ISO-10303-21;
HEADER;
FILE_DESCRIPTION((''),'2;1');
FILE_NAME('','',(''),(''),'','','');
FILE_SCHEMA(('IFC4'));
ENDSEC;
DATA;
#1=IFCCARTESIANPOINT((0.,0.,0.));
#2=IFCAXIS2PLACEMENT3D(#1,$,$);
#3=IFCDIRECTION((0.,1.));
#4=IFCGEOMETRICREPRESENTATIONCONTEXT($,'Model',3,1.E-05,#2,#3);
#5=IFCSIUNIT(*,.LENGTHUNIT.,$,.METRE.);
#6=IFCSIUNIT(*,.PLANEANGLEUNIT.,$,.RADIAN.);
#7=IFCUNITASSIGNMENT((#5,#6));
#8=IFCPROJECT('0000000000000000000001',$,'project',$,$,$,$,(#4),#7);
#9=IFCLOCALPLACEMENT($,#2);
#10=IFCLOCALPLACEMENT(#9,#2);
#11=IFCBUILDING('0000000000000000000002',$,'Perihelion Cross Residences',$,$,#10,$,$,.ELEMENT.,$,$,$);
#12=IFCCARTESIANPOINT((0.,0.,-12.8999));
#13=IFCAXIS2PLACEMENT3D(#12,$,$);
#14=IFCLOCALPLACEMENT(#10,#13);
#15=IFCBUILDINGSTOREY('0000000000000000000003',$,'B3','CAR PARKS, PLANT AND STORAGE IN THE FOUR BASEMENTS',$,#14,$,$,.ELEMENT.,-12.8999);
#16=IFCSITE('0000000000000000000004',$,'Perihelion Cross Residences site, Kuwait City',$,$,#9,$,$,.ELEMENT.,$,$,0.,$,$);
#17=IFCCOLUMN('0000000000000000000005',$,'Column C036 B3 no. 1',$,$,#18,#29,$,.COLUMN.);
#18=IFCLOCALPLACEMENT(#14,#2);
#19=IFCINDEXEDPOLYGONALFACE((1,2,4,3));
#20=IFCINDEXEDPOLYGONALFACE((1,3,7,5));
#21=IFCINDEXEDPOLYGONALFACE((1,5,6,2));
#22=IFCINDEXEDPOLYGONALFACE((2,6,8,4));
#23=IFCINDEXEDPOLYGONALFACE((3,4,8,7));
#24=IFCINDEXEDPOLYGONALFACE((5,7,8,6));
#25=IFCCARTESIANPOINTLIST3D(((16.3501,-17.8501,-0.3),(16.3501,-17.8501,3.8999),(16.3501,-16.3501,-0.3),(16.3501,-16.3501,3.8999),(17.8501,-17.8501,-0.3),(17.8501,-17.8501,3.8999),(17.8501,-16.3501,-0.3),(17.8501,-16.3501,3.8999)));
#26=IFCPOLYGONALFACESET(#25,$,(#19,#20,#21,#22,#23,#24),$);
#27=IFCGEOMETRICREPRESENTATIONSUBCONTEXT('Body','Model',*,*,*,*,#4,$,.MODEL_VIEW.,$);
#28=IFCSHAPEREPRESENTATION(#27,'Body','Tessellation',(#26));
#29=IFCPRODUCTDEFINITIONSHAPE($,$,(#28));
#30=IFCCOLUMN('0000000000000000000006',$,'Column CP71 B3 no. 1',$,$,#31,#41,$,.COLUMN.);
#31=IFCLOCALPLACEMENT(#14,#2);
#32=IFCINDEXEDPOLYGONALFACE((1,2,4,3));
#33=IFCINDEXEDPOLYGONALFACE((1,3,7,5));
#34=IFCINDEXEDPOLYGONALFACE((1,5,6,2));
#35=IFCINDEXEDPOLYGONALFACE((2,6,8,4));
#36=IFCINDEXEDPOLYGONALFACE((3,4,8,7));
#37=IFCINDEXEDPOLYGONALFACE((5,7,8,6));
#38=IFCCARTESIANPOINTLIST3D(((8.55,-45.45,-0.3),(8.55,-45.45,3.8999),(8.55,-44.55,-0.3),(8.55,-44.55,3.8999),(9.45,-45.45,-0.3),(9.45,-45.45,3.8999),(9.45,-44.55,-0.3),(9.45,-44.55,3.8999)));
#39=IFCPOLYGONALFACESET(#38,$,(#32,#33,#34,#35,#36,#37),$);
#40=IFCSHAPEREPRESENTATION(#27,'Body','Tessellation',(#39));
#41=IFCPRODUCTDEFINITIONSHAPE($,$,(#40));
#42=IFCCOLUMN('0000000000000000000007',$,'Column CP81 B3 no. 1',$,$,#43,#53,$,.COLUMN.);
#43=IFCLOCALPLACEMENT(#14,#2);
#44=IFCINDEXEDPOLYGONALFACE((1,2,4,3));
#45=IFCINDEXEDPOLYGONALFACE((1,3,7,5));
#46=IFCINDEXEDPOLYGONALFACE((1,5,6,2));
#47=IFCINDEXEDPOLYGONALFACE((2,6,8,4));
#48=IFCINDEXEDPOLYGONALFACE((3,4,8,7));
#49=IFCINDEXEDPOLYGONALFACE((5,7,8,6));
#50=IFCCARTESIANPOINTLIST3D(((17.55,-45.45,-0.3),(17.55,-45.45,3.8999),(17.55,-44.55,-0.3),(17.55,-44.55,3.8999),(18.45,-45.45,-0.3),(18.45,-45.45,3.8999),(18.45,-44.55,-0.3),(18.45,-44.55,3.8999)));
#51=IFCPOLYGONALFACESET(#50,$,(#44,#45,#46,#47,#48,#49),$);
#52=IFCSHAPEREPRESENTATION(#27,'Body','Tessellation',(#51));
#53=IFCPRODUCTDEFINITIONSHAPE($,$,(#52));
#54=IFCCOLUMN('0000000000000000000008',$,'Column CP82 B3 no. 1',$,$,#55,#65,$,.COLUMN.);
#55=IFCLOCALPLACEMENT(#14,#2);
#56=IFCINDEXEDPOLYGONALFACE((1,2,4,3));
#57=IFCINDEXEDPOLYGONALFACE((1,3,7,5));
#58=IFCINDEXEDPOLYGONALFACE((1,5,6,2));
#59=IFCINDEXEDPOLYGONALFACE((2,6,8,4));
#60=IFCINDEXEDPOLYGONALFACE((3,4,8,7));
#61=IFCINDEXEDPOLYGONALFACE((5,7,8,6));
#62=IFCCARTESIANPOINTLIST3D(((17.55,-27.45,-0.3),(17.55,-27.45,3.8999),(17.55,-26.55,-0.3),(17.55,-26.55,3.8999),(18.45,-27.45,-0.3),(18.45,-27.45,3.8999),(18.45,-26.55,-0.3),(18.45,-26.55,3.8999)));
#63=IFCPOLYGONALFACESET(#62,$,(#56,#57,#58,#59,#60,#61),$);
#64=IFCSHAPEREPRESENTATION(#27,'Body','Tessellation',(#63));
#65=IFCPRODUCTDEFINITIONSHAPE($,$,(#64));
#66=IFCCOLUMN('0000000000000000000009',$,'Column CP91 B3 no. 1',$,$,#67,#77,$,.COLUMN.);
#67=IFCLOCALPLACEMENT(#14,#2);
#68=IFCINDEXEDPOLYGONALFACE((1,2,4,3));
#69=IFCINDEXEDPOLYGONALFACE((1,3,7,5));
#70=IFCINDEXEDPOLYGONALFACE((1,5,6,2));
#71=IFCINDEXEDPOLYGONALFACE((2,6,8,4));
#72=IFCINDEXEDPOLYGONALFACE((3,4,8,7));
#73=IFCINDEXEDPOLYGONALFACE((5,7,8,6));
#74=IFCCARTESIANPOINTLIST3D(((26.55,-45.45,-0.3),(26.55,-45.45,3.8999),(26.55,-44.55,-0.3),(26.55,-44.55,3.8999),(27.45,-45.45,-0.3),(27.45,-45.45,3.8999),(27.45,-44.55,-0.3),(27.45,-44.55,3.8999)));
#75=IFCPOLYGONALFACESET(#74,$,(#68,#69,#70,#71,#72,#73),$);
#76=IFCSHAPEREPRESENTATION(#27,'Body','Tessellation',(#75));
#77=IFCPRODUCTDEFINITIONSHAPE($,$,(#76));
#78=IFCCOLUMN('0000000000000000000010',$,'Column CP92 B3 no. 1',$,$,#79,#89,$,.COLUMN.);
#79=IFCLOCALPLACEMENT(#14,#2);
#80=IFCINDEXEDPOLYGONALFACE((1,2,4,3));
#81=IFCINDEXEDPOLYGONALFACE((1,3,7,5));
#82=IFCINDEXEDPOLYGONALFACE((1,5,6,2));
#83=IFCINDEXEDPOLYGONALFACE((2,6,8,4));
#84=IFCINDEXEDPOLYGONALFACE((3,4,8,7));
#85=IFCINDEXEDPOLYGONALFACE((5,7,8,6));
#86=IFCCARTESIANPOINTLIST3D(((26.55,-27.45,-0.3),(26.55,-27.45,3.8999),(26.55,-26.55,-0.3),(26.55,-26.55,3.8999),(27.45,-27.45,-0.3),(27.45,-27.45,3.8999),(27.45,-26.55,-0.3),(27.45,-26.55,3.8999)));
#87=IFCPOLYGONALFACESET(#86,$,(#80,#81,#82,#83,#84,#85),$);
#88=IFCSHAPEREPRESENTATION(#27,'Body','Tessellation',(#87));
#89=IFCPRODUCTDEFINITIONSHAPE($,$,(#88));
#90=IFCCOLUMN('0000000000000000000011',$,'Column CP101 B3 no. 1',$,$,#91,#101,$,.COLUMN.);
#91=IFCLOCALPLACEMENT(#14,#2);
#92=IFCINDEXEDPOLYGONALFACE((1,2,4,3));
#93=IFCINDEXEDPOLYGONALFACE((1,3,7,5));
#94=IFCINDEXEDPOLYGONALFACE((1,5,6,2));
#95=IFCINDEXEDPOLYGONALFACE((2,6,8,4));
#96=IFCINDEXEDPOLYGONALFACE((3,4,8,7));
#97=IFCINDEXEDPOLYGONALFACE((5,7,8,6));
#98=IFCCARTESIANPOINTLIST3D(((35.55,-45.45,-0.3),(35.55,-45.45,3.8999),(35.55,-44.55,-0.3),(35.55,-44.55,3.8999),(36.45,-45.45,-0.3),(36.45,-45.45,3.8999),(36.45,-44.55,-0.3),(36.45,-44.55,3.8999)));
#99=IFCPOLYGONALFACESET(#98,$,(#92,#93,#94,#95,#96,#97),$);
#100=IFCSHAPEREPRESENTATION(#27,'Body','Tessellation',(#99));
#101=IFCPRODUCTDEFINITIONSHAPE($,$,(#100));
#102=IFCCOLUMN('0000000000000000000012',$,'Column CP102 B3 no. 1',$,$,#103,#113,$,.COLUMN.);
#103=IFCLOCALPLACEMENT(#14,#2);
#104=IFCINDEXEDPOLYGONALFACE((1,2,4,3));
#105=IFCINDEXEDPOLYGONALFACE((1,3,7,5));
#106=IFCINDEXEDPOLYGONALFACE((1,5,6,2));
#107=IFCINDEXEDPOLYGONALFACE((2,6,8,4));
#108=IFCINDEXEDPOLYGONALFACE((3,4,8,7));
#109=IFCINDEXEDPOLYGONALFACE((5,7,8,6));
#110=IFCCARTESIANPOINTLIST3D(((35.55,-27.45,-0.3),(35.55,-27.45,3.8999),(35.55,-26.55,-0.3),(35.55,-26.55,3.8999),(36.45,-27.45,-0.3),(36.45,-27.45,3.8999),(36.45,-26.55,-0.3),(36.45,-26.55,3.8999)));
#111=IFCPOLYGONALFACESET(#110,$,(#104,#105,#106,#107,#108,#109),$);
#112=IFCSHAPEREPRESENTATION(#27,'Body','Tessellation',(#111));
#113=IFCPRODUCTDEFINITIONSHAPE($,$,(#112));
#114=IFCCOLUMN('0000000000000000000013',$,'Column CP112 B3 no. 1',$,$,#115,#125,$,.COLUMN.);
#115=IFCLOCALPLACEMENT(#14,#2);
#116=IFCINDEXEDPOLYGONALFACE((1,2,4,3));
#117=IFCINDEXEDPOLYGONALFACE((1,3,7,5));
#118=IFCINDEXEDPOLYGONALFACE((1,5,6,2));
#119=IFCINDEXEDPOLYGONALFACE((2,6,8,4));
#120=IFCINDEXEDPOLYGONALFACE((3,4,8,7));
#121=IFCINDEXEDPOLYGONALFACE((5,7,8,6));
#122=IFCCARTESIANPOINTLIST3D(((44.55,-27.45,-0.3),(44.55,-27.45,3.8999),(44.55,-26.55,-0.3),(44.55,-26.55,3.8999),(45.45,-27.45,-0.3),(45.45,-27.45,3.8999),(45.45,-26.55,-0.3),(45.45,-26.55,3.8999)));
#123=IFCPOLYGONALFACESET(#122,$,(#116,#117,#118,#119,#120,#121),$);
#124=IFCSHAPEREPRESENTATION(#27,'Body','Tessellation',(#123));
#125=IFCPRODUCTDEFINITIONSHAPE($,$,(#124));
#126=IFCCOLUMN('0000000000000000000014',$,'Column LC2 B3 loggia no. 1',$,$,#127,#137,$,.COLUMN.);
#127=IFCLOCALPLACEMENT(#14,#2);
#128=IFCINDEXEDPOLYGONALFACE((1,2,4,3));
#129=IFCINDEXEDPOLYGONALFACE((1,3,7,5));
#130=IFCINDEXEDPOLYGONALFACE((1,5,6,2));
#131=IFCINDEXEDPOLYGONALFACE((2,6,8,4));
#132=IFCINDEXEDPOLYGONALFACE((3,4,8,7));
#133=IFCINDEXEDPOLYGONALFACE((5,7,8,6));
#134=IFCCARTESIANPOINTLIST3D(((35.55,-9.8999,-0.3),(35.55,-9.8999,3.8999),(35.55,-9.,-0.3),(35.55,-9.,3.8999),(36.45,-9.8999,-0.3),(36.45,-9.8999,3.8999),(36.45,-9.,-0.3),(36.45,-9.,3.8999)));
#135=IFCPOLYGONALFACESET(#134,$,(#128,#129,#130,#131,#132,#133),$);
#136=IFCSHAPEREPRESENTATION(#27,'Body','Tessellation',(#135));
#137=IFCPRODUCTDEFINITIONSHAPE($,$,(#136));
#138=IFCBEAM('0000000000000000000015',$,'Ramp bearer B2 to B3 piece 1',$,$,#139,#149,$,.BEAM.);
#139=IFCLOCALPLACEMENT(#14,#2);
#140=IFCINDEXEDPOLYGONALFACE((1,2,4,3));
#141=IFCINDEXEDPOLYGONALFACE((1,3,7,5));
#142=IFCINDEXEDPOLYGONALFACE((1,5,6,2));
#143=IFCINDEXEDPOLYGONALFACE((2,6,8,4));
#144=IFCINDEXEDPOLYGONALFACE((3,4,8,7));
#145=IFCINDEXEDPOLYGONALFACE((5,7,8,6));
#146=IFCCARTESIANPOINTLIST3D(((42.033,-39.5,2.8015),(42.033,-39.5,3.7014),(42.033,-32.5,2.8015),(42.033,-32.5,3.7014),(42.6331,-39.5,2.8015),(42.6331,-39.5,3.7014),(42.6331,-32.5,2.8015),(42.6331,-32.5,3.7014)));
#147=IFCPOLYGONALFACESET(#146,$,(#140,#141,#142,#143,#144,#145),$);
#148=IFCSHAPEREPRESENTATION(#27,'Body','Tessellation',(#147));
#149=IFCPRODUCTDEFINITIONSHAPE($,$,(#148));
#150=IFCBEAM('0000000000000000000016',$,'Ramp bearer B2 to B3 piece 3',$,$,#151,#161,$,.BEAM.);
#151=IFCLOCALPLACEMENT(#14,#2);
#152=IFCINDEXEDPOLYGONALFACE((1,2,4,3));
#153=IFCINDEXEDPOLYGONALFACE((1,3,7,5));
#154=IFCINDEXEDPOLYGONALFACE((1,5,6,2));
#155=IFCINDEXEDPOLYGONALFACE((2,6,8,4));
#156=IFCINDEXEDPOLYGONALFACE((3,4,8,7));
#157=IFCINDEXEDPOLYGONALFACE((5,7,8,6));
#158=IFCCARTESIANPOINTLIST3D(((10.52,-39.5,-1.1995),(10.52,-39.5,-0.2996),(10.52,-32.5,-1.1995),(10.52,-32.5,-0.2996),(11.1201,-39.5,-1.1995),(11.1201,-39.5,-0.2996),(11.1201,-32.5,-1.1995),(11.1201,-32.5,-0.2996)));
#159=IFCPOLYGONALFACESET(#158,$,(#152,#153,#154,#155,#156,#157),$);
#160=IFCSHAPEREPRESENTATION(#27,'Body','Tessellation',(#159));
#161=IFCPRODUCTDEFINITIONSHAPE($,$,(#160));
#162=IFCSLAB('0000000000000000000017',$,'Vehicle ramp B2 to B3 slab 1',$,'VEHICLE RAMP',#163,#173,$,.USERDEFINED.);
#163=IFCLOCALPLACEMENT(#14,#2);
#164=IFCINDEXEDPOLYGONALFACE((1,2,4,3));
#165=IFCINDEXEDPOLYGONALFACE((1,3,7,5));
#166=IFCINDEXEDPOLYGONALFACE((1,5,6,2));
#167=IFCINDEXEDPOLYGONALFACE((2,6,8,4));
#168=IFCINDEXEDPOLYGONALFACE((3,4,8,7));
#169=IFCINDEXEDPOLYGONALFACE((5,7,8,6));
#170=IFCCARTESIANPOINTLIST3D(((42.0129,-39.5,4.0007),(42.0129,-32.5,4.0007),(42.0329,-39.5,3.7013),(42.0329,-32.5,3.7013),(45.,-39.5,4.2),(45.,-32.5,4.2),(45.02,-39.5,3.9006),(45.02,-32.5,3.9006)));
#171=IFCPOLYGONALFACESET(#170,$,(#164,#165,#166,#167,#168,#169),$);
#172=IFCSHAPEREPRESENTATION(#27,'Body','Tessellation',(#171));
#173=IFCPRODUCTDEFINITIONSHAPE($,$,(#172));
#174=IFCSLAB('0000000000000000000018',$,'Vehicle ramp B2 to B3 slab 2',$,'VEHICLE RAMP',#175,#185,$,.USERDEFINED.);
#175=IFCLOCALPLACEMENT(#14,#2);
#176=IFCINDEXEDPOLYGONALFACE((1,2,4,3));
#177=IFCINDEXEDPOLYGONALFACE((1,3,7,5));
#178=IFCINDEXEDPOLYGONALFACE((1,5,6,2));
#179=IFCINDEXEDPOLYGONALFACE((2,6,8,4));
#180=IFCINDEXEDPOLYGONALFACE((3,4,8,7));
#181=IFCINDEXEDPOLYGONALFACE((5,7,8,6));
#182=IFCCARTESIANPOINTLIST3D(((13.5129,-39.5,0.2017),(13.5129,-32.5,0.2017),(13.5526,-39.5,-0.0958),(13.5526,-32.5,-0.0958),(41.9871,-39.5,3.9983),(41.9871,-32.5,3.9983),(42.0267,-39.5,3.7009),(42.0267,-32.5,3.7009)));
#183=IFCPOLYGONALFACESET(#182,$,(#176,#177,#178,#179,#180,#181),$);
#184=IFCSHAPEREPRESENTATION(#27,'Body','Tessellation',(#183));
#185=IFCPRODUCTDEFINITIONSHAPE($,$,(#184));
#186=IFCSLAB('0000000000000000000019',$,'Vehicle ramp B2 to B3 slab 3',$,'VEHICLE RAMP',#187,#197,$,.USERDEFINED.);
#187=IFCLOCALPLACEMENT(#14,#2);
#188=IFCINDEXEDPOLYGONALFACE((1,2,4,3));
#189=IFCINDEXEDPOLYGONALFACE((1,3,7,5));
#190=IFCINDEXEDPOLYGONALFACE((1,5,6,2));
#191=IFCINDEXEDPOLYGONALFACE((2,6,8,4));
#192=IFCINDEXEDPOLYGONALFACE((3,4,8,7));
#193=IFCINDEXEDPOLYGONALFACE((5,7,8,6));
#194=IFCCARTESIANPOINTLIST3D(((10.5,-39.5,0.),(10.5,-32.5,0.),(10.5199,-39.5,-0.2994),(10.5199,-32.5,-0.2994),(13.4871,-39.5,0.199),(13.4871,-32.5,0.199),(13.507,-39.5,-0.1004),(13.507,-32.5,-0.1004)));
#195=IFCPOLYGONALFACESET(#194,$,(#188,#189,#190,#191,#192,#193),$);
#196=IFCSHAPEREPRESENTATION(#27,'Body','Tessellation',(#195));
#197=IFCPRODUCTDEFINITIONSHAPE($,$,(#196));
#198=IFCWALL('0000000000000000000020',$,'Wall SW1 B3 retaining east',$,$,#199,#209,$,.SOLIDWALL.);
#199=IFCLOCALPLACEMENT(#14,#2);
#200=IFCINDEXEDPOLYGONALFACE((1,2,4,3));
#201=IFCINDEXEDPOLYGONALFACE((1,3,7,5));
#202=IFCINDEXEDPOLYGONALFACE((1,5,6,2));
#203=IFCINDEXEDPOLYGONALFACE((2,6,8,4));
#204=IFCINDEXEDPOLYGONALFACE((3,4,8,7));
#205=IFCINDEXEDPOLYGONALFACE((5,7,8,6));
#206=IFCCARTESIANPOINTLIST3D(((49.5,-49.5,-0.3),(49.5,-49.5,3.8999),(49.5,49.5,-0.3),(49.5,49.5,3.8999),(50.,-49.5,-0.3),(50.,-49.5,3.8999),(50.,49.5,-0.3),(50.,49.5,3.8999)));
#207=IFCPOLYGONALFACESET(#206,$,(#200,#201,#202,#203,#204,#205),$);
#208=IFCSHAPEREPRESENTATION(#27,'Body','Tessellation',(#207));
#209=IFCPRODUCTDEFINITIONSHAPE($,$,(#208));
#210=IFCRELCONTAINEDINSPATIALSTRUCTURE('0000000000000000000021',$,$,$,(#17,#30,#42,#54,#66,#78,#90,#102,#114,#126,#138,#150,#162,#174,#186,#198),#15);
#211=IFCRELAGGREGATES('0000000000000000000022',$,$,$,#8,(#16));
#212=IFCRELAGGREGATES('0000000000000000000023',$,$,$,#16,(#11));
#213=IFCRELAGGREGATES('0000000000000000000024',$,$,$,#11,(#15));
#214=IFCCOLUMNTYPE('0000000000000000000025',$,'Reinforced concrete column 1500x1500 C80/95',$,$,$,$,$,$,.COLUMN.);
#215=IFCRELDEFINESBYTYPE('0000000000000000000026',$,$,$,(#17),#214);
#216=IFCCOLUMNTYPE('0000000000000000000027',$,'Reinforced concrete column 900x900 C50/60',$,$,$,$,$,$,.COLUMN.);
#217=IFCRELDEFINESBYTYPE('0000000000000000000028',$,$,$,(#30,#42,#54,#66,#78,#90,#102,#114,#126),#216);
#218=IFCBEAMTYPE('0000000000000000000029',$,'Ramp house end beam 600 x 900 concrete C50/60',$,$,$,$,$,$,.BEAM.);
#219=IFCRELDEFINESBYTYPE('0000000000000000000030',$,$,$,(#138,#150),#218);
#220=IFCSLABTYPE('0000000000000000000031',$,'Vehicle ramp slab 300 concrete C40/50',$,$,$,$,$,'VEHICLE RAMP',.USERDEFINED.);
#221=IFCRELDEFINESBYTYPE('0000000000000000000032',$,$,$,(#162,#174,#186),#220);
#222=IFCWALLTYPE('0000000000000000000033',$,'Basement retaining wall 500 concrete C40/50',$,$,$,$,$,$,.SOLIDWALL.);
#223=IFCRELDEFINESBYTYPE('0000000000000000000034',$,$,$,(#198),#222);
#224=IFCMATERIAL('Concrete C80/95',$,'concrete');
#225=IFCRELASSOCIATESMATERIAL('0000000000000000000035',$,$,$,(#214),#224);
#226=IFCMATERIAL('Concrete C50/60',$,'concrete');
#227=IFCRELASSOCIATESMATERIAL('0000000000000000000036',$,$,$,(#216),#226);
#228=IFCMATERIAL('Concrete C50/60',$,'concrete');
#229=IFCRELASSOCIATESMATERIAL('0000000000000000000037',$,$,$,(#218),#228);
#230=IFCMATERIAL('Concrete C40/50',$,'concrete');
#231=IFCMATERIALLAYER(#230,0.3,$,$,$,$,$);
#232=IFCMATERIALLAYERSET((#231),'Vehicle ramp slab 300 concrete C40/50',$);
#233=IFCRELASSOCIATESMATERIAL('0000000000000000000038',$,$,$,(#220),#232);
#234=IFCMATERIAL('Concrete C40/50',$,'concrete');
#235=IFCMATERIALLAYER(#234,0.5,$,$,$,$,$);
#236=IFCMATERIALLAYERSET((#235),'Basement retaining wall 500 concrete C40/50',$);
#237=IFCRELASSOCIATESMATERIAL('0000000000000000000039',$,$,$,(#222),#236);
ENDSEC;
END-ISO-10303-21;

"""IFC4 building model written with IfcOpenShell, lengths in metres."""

from ifc_helpers import new_model, si_unit, direction, frame, frame_2d, origin, origin_2d, place, context, subcontext, project, spatial, polyline, rectangle, outline, extrude, material, layer, layer_set, material_profile, profile_set, type_object, element, save


model = new_model("IFC4")

# Units and contexts
model_context = context("Model", 3, precision=1e-05, world=origin(), true_north=direction((0.0, 1.0)))
body_context = subcontext(model_context, "Body", "Model", "MODEL_VIEW")
ifc_project = project(units=[si_unit("LENGTHUNIT", "METRE"), si_unit("PLANEANGLEUNIT", "RADIAN")], contexts=[model_context])

# Site, building, storey
site_placement = place(None, origin())
site = spatial("IfcSite", under=ifc_project, at=site_placement, Name="Perihelion Cross Residences site, Kuwait City", CompositionType="ELEMENT", RefElevation=0.0)
building_placement = place(site_placement, origin())
building = spatial("IfcBuilding", under=site, at=building_placement, Name="Perihelion Cross Residences", CompositionType="ELEMENT")
storey_placement = place(building_placement, frame((0.0, 0.0, -12.8999)))
storey = spatial("IfcBuildingStorey", under=building, at=storey_placement, Name="B3", Description="CAR PARKS, PLANT AND STORAGE IN THE FOUR BASEMENTS", CompositionType="ELEMENT", Elevation=-12.8999)

# Columns
ifc_material_1 = material(Name="Concrete C80/95", Category="concrete")
ifc_material_profile_1 = material_profile(ifc_material_1, rectangle(XDim=1.5, YDim=1.5, at=origin_2d()), Name="RC 1500x1500")
ifc_profile_set_1 = profile_set([ifc_material_profile_1], Name="Concrete C80/95")
column_type_1 = type_object("IfcColumnType", Name="Reinforced concrete column 1500x1500 C80/95", PredefinedType="COLUMN", material=ifc_profile_set_1)
column_placement = place(storey_placement, frame((17.1001, -17.1001, -0.3), z_axis=(0.0, 0.0, 1.0), x_axis=(1.0, 0.0, 0.0)))
element("IfcColumn", 1, at=column_placement, inside=storey, type_object=column_type_1, Name="Column C036 B3 no. 1", PredefinedType="COLUMN", context=body_context, shape_type="SweptSolid", body=[
    extrude(rectangle(XDim=1.5, YDim=1.5, at=origin_2d()), origin(), (0.0, 0.0, 1.0), 4.2),
])
ifc_material_2 = material(Name="Concrete C50/60", Category="concrete")
ifc_material_profile_2 = material_profile(ifc_material_2, rectangle(XDim=0.8999, YDim=0.8999, at=origin_2d()), Name="RC 900x900")
ifc_profile_set_2 = profile_set([ifc_material_profile_2], Name="Concrete C50/60")
column_type_2 = type_object("IfcColumnType", Name="Reinforced concrete column 900x900 C50/60", PredefinedType="COLUMN", material=ifc_profile_set_2)
for number, where, z_axis, x_axis, name in (
    (2, (9.0, -45.0, -0.3), (0.0, 0.0, 1.0), (1.0, 0.0, 0.0), "Column CP71 B3 no. 1"),
    (3, (18.0, -45.0, -0.3), (0.0, 0.0, 1.0), (1.0, 0.0, 0.0), "Column CP81 B3 no. 1"),
    (4, (18.0, -27.0, -0.3), (0.0, 0.0, 1.0), (1.0, 0.0, 0.0), "Column CP82 B3 no. 1"),
    (5, (27.0, -45.0, -0.3), (0.0, 0.0, 1.0), (1.0, 0.0, 0.0), "Column CP91 B3 no. 1"),
    (6, (27.0, -27.0, -0.3), (0.0, 0.0, 1.0), (1.0, 0.0, 0.0), "Column CP92 B3 no. 1"),
    (7, (36.0, -45.0, -0.3), (0.0, 0.0, 1.0), (1.0, 0.0, 0.0), "Column CP101 B3 no. 1"),
    (8, (36.0, -27.0, -0.3), (0.0, 0.0, 1.0), (1.0, 0.0, 0.0), "Column CP102 B3 no. 1"),
    (9, (45.0, -27.0, -0.3), (0.0, 0.0, 1.0), (1.0, 0.0, 0.0), "Column CP112 B3 no. 1"),
    (10, (36.0, -9.45, -0.3), (0.0, 0.0, 1.0), (1.0, 0.0, 0.0), "Column LC2 B3 loggia no. 1"),
):
    element("IfcColumn", number, at=place(storey_placement, frame(where, z_axis=z_axis, x_axis=x_axis)), inside=storey, type_object=column_type_2, Name=name, PredefinedType="COLUMN", context=body_context, shape_type="SweptSolid", body=[
        extrude(rectangle(XDim=0.8999, YDim=0.8999, at=origin_2d()), origin(), (0.0, 0.0, 1.0), 4.2),
    ])

# Beams
ifc_material_3 = material(Name="Concrete C50/60", Category="concrete")
ifc_material_profile_3 = material_profile(ifc_material_3, rectangle(XDim=0.6001, YDim=0.8999, at=origin_2d()), Name="RC 600x900")
ifc_profile_set_3 = profile_set([ifc_material_profile_3], Name="Concrete C50/60")
beam_type = type_object("IfcBeamType", Name="Ramp house end beam 600 x 900 concrete C50/60", PredefinedType="BEAM", material=ifc_profile_set_3)
for number, where, z_axis, x_axis, name in (
    (11, (42.333, -39.5, 3.2515), (0.0, 1.0, 0.0), (-1.0, 0.0, 0.0), "Ramp bearer B2 to B3 piece 1"),
    (12, (10.8201, -39.5, -0.7495), (0.0, 1.0, 0.0), (-1.0, 0.0, 0.0), "Ramp bearer B2 to B3 piece 3"),
):
    element("IfcBeam", number, at=place(storey_placement, frame(where, z_axis=z_axis, x_axis=x_axis)), inside=storey, type_object=beam_type, Name=name, PredefinedType="BEAM", context=body_context, shape_type="SweptSolid", body=[
        extrude(rectangle(XDim=0.6001, YDim=0.8999, at=origin_2d()), origin(), (0.0, 0.0, 1.0), 7.0),
    ])

# Slabs
ifc_material_4 = material(Name="Concrete C40/50", Category="concrete")
ifc_layer_1 = layer(ifc_material_4, 0.3)
ifc_layer_set_1 = layer_set([ifc_layer_1], Name="Vehicle ramp slab 300 concrete C40/50")
slab_type = type_object("IfcSlabType", Name="Vehicle ramp slab 300 concrete C40/50", ElementType="VEHICLE RAMP", PredefinedType="USERDEFINED", material=ifc_layer_set_1)
slab_1_placement = place(storey_placement, frame((45.0, -39.5, 4.2), z_axis=(-0.066546, 0.0, 0.997783), x_axis=(-0.997783, 0.0, -0.066546)))
element("IfcSlab", 13, at=slab_1_placement, inside=storey, type_object=slab_type, Name="Vehicle ramp B2 to B3 slab 1", ObjectType="VEHICLE RAMP", PredefinedType="USERDEFINED", context=body_context, shape_type="SweptSolid", body=[
    extrude(outline(polyline([(0.0, 0.0), (2.9937, 0.0), (2.9937, -7.0), (0.0, -7.0), (0.0, 0.0)])), origin(), (0.0, 0.0, -1.0), 0.3),
])
slab_2_placement = place(storey_placement, frame((41.9871, -39.5, 3.9983), z_axis=(-0.132167, 0.0, 0.991228), x_axis=(-0.991228, 0.0, -0.132167)))
element("IfcSlab", 14, at=slab_2_placement, inside=storey, type_object=slab_type, Name="Vehicle ramp B2 to B3 slab 2", ObjectType="VEHICLE RAMP", PredefinedType="USERDEFINED", context=body_context, shape_type="SweptSolid", body=[
    extrude(outline(polyline([(0.0, 0.0), (28.7261, 0.0), (28.7261, -7.0), (0.0, -7.0), (0.0, 0.0)])), origin(), (0.0, 0.0, -1.0), 0.3),
])
slab_3_placement = place(storey_placement, frame((13.4871, -39.5, 0.199), z_axis=(-0.066465, 0.0, 0.997789), x_axis=(-0.997789, 0.0, -0.066465)))
element("IfcSlab", 15, at=slab_3_placement, inside=storey, type_object=slab_type, Name="Vehicle ramp B2 to B3 slab 3", ObjectType="VEHICLE RAMP", PredefinedType="USERDEFINED", context=body_context, shape_type="SweptSolid", body=[
    extrude(outline(polyline([(0.0, 0.0), (2.9937, 0.0), (2.9937, -7.0), (0.0, -7.0), (0.0, 0.0)])), origin(), (0.0, 0.0, -1.0), 0.3),
])

# Wall
ifc_material_5 = material(Name="Concrete C40/50", Category="concrete")
ifc_layer_2 = layer(ifc_material_5, 0.5)
ifc_layer_set_2 = layer_set([ifc_layer_2], Name="Basement retaining wall 500 concrete C40/50")
wall_type_1 = type_object("IfcWallType", Name="Basement retaining wall 500 concrete C40/50", PredefinedType="SOLIDWALL", material=ifc_layer_set_2)
wall_1_placement = place(storey_placement, frame((49.75, -49.5, -0.3), z_axis=(0.0, 0.0, 1.0), x_axis=(0.0, 1.0, 0.0)))
element("IfcWall", 16, at=wall_1_placement, inside=storey, type_object=wall_type_1, Name="Wall SW1 B3 retaining east", PredefinedType="SOLIDWALL", context=body_context, shape_type="SweptSolid", body=[
    extrude(rectangle(XDim=99.0, YDim=0.5, at=frame_2d((49.5, 0.0))), origin(), (0.0, 0.0, 1.0), 4.2),
])

save(model, "model.ifc")
